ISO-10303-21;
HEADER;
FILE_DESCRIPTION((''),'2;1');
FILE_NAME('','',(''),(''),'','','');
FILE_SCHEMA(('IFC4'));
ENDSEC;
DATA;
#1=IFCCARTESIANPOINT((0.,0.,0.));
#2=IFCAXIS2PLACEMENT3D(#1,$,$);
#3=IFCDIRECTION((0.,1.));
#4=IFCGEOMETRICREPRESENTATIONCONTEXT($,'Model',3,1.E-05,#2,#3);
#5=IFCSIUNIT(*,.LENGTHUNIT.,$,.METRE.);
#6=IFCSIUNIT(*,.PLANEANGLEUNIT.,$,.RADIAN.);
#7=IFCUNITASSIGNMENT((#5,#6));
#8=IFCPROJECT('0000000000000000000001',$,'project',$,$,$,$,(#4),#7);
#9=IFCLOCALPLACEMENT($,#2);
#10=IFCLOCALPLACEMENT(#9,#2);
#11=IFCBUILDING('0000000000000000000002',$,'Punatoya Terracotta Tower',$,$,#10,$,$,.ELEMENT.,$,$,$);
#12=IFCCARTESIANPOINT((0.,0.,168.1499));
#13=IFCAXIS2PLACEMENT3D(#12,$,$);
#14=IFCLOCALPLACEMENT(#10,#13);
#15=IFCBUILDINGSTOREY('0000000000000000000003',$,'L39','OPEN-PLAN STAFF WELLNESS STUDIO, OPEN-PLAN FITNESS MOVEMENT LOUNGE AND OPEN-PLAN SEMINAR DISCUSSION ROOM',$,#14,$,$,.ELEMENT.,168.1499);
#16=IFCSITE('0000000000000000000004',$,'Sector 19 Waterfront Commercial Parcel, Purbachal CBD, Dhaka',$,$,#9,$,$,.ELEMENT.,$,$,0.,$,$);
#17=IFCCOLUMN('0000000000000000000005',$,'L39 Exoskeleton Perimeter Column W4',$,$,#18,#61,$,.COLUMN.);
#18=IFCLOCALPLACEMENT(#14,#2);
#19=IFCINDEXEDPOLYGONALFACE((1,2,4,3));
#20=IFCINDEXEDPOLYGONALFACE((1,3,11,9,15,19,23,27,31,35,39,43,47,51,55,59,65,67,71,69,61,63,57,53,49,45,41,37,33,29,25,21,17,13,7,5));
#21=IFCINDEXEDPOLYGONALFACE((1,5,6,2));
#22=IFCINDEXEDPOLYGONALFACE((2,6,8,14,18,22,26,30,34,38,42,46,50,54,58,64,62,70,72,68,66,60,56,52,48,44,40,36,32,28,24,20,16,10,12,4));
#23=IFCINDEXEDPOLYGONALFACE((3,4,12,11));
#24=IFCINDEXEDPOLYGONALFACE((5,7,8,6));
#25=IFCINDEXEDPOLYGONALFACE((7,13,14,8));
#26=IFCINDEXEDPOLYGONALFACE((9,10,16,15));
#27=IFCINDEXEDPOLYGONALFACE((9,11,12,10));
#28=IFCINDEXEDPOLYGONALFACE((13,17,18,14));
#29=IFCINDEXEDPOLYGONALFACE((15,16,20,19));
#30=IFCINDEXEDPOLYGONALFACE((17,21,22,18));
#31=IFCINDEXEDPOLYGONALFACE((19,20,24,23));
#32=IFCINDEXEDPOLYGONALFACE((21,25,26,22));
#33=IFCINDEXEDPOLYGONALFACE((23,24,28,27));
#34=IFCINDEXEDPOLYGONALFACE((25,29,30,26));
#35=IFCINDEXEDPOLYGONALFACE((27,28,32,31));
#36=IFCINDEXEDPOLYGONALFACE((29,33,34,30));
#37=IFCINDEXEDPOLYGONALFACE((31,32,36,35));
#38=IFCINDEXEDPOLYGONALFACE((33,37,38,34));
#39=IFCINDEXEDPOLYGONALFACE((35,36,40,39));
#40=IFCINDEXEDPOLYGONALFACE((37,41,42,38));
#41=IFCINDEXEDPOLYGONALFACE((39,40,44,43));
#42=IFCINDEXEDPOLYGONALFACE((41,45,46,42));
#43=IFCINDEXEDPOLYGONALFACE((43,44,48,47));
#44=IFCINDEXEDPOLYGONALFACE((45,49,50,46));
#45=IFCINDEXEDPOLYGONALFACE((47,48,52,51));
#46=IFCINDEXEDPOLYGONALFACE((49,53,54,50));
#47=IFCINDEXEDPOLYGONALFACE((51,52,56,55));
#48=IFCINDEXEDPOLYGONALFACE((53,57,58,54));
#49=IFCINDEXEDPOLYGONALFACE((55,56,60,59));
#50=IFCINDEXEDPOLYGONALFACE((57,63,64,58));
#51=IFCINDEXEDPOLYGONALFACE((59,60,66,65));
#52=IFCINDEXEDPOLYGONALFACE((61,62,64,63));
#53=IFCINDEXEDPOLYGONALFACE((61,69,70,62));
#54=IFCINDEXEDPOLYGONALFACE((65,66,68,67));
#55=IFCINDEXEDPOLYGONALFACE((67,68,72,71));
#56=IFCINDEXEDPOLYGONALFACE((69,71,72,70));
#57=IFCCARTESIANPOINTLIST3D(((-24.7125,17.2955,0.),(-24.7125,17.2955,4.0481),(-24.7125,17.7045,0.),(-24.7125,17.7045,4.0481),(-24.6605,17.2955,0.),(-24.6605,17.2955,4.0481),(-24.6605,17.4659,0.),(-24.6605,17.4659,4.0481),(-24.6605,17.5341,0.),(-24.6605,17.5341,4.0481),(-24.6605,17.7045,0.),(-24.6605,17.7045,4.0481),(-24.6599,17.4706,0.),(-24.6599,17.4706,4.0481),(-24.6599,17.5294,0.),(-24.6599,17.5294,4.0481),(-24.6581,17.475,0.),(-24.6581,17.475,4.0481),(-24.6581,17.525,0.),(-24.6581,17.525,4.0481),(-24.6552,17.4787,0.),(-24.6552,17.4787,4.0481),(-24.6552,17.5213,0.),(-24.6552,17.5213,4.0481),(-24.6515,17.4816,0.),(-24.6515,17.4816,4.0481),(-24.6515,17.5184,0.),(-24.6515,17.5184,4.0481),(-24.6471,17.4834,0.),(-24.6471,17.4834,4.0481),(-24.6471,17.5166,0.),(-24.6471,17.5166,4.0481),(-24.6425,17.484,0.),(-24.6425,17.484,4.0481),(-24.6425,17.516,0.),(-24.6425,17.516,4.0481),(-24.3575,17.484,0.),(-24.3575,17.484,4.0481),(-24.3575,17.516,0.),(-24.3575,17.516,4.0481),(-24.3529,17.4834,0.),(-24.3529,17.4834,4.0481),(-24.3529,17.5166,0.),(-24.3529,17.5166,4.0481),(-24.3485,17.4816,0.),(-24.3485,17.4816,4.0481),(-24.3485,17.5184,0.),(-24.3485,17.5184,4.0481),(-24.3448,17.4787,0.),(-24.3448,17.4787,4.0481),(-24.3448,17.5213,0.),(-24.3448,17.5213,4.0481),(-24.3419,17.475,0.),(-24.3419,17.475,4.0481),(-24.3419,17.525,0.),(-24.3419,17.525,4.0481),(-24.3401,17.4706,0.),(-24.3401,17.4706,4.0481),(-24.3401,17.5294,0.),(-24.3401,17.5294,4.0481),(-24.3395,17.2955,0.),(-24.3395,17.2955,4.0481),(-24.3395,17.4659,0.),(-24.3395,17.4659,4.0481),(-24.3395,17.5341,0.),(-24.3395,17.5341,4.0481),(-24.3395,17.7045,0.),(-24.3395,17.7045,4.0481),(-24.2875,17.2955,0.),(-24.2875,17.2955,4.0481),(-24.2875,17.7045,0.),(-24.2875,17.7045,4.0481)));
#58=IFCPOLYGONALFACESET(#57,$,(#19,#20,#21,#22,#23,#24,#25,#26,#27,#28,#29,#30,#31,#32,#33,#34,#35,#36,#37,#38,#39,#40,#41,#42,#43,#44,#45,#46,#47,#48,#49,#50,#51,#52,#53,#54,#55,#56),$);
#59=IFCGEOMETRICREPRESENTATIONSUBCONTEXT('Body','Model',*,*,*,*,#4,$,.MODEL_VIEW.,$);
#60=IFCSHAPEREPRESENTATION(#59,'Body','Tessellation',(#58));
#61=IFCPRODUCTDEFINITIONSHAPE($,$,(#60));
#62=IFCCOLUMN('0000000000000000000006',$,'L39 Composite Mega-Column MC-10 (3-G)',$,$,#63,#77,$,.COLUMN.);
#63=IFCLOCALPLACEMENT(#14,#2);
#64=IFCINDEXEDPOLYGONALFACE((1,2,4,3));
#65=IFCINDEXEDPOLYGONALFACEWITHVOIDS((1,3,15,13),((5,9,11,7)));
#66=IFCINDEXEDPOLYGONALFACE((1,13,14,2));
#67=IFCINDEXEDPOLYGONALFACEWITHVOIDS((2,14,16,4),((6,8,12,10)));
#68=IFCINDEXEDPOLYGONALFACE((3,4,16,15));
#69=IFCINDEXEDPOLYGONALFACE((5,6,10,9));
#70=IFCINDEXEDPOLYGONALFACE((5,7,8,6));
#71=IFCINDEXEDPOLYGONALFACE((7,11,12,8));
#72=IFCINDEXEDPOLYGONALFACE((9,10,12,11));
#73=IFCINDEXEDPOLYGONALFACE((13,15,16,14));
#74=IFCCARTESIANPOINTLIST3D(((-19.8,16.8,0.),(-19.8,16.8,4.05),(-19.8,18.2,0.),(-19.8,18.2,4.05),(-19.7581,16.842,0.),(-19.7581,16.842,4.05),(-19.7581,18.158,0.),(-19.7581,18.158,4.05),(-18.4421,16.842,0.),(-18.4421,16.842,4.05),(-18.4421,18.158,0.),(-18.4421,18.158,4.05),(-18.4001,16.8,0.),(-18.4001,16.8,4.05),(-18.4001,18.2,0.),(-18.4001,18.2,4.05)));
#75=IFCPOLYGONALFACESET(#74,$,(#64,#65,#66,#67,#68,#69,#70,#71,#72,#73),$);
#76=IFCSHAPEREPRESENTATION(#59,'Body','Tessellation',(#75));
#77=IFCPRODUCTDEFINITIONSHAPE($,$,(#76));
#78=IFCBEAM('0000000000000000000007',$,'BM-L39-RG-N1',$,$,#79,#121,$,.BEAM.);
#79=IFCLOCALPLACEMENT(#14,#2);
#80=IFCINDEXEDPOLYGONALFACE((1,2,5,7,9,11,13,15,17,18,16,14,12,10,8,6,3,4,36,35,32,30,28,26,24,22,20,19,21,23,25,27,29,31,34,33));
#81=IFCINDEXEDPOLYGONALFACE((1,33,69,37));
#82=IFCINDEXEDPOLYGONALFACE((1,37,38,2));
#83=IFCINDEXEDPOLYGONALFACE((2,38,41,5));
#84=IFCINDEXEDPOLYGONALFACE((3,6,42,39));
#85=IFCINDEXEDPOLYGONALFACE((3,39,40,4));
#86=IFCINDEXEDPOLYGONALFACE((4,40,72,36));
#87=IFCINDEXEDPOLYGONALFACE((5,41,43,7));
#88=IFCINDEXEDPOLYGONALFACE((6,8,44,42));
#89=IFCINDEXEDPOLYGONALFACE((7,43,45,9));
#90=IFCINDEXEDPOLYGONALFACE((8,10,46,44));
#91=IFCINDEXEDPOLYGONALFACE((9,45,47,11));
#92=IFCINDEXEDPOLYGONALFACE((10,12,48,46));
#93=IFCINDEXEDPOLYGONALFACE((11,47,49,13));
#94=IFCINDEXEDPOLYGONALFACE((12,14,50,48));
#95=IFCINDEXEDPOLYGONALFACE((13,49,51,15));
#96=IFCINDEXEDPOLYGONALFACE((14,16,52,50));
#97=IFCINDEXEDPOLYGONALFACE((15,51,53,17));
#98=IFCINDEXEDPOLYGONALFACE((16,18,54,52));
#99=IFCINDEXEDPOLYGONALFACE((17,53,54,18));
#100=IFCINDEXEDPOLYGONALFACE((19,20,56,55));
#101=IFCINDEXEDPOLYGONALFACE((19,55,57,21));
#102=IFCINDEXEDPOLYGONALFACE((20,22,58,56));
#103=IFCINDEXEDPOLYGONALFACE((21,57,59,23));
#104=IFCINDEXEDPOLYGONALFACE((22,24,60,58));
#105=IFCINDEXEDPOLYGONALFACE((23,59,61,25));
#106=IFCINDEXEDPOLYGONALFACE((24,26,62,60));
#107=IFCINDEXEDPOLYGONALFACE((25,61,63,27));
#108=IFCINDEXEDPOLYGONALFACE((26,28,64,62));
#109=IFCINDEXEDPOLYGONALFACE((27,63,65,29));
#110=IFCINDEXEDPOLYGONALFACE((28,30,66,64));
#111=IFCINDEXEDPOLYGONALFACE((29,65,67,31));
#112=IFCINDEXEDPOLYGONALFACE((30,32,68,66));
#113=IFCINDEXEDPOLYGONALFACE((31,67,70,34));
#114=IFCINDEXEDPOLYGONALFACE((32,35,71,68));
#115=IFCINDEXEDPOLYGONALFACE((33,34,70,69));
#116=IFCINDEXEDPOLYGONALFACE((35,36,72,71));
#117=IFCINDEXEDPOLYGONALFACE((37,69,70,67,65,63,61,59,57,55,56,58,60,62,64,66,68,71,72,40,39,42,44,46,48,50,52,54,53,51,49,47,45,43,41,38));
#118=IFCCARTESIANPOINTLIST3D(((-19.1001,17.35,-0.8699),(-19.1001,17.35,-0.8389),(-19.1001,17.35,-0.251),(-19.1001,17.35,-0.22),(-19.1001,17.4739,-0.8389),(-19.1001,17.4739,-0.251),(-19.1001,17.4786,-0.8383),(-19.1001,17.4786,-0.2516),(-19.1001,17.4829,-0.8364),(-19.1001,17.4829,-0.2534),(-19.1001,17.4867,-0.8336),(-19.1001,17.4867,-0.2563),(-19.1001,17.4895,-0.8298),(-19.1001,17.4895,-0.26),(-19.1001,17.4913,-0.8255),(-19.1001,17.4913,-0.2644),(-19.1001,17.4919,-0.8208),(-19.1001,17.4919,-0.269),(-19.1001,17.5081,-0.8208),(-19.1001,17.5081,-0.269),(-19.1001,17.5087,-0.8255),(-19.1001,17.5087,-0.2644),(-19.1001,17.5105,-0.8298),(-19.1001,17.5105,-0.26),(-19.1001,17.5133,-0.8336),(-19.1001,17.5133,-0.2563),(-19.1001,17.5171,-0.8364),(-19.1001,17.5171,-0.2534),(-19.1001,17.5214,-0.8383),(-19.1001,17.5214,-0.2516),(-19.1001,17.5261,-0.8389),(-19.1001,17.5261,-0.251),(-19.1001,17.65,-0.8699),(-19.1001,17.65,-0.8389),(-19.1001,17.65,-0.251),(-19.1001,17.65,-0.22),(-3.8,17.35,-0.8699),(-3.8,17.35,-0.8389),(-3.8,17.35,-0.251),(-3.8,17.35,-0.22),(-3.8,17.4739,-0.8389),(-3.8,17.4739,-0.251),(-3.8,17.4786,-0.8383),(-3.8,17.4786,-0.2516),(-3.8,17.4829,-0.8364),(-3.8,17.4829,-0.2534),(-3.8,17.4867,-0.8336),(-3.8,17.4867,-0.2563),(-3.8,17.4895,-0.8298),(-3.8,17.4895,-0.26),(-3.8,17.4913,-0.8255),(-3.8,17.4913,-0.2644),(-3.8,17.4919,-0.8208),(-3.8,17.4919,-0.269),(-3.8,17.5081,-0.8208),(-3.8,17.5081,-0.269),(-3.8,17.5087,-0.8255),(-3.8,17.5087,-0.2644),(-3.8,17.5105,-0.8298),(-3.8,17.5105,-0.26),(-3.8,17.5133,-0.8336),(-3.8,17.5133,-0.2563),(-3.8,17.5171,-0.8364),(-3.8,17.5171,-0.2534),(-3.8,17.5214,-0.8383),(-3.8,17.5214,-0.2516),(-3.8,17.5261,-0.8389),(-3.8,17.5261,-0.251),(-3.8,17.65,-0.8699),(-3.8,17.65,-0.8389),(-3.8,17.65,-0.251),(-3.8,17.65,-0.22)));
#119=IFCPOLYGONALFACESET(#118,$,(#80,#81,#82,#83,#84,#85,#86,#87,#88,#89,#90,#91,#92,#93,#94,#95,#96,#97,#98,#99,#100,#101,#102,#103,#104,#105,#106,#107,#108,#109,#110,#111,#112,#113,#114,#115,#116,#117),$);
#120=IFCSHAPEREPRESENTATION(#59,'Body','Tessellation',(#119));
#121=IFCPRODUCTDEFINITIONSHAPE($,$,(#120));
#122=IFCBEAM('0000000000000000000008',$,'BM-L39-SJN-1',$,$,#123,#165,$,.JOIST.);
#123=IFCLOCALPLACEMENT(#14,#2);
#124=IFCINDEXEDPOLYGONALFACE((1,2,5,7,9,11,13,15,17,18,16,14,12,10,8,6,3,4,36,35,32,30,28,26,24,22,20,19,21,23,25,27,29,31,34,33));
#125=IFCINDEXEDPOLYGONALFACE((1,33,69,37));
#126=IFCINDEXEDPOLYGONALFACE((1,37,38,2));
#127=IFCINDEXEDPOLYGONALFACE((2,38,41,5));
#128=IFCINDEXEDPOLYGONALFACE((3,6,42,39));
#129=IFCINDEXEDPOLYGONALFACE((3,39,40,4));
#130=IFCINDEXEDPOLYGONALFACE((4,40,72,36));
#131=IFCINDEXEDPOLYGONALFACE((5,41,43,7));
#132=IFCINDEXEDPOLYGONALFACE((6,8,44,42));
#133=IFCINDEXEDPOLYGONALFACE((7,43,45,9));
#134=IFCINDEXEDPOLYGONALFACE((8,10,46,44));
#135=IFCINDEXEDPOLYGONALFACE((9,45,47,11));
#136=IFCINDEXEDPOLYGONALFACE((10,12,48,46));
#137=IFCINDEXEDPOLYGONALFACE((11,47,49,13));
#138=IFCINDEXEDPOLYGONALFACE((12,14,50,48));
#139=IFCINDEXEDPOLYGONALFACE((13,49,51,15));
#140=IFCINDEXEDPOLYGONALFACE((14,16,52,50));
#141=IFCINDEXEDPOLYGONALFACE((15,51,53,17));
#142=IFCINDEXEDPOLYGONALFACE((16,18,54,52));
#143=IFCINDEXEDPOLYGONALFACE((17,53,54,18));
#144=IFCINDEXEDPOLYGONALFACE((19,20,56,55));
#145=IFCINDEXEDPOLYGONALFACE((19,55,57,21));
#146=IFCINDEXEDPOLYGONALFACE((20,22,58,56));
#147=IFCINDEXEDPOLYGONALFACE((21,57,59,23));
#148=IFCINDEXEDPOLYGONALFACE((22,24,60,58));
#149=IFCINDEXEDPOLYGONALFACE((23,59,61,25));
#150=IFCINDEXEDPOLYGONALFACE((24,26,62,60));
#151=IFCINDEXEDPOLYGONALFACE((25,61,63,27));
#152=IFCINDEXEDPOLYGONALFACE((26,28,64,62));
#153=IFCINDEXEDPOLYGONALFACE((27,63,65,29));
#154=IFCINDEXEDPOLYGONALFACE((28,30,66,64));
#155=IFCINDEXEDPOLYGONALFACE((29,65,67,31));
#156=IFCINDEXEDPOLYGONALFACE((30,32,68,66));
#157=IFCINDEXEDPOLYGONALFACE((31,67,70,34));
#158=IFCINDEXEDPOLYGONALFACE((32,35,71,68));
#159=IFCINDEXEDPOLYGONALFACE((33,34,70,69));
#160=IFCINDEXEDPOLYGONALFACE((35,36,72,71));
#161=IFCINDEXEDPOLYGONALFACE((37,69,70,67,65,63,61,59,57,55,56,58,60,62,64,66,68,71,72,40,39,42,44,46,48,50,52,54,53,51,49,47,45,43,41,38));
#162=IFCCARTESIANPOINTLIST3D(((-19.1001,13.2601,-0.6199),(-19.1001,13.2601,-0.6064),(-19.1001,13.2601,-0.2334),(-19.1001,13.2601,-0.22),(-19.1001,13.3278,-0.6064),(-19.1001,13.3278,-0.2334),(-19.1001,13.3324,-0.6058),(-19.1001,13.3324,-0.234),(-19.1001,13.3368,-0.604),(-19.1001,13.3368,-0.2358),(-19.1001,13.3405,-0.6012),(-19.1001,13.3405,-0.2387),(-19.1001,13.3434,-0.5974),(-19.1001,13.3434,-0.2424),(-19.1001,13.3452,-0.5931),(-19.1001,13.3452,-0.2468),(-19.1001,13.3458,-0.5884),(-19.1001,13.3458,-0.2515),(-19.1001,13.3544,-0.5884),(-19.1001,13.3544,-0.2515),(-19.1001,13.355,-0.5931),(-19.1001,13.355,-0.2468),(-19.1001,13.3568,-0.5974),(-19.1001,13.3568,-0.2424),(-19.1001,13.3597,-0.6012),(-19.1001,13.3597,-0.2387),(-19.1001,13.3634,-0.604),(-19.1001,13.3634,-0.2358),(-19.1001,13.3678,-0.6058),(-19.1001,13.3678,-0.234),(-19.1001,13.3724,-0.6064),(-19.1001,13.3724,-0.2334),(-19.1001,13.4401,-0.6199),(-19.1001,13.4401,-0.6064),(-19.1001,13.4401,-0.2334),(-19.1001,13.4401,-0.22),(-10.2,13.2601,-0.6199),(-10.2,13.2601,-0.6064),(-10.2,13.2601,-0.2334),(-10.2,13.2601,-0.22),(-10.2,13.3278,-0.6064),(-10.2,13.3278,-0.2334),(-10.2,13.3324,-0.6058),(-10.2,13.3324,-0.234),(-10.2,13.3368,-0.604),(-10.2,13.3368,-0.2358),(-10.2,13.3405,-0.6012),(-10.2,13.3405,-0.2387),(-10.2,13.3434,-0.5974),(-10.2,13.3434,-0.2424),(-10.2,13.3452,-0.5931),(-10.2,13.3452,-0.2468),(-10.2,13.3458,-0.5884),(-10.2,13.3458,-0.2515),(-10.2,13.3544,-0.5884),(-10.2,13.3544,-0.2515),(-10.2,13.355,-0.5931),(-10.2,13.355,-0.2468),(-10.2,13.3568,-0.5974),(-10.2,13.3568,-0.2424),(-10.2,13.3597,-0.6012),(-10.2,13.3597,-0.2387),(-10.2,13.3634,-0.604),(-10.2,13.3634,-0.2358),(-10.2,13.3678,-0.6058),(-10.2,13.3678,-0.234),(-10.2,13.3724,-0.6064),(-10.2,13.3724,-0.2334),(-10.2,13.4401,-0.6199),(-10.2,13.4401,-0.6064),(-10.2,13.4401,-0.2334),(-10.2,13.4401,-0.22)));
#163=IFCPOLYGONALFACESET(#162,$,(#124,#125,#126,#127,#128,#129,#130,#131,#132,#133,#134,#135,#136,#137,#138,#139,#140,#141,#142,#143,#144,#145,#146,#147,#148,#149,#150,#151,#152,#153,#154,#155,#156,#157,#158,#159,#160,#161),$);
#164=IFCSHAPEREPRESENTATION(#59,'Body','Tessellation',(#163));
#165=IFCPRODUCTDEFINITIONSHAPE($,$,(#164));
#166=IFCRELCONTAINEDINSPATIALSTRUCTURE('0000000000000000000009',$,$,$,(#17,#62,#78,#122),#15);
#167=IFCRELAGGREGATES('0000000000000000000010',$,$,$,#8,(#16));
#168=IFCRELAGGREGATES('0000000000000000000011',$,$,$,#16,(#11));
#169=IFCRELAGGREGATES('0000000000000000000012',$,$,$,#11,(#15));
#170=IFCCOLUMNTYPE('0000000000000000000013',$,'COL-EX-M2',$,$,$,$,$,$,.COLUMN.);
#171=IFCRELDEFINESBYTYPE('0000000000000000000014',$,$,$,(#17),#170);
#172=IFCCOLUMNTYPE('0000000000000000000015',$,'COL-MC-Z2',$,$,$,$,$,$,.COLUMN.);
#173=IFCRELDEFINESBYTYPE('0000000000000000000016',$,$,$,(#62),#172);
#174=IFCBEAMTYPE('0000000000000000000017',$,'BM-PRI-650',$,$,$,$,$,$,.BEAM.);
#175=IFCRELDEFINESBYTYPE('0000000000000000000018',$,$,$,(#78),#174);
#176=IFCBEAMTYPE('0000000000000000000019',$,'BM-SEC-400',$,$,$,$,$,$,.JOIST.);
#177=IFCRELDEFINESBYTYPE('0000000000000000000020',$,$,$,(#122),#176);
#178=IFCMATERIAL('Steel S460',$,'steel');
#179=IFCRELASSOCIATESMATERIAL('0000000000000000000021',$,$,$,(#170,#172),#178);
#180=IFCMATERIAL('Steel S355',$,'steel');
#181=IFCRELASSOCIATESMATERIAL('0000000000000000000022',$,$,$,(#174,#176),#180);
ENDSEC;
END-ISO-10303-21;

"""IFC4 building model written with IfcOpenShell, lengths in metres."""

from ifc_helpers import new_model, si_unit, direction, frame, origin, origin_2d, place, context, subcontext, project, spatial, hollow_rectangle, i_section, extrude, material, material_profile, profile_set, type_object, element, save


model = new_model("IFC4")

# Units and contexts
model_context = context("Model", 3, precision=1e-05, world=origin(), true_north=direction((0.0, 1.0)))
body_context = subcontext(model_context, "Body", "Model", "MODEL_VIEW")
ifc_project = project(units=[si_unit("LENGTHUNIT", "METRE"), si_unit("PLANEANGLEUNIT", "RADIAN")], contexts=[model_context])

# Site, building, storey
site_placement = place(None, origin())
site = spatial("IfcSite", under=ifc_project, at=site_placement, Name="Sector 19 Waterfront Commercial Parcel, Purbachal CBD, Dhaka", CompositionType="ELEMENT", RefElevation=0.0)
building_placement = place(site_placement, origin())
building = spatial("IfcBuilding", under=site, at=building_placement, Name="Punatoya Terracotta Tower", CompositionType="ELEMENT")
storey_placement = place(building_placement, frame((0.0, 0.0, 168.1499)))
storey = spatial("IfcBuildingStorey", under=building, at=storey_placement, Name="L39", Description="OPEN-PLAN STAFF WELLNESS STUDIO, OPEN-PLAN FITNESS MOVEMENT LOUNGE AND OPEN-PLAN SEMINAR DISCUSSION ROOM", CompositionType="ELEMENT", Elevation=168.1499)

# Columns
ifc_material_1 = material(Name="Steel S460", Category="steel")
ifc_material_profile_1 = material_profile(ifc_material_1, i_section(OverallWidth=0.4089, OverallDepth=0.425, WebThickness=0.032, FlangeThickness=0.052, FilletRadius=0.0181, at=origin_2d()))
ifc_profile_set_1 = profile_set([ifc_material_profile_1], Name="Steel S460")
column_type_1 = type_object("IfcColumnType", Name="COL-EX-M2", PredefinedType="COLUMN", material=ifc_profile_set_1)
column_1_placement = place(storey_placement, frame((-24.5, 17.5, 0.0), z_axis=(0.0, 0.0, 1.0), x_axis=(0.0, 1.0, 0.0)))
element("IfcColumn", 1, at=column_1_placement, inside=storey, type_object=column_type_1, Name="L39 Exoskeleton Perimeter Column W4", PredefinedType="COLUMN", context=body_context, shape_type="SweptSolid", body=[
    extrude(i_section(OverallWidth=0.4089, OverallDepth=0.425, WebThickness=0.032, FlangeThickness=0.052, FilletRadius=0.0181, at=origin_2d()), origin(), (0.0, 0.0, 1.0), 4.0481),
])
ifc_material_profile_2 = material_profile(ifc_material_1, hollow_rectangle(XDim=1.3999, YDim=1.3999, WallThickness=0.042, at=origin_2d()))
ifc_profile_set_2 = profile_set([ifc_material_profile_2], Name="Steel S460")
column_type_2 = type_object("IfcColumnType", Name="COL-MC-Z2", PredefinedType="COLUMN", material=ifc_profile_set_2)
column_2_placement = place(storey_placement, frame((-19.1001, 17.5, 0.0), z_axis=(0.0, 0.0, 1.0), x_axis=(1.0, 0.0, 0.0)))
element("IfcColumn", 2, at=column_2_placement, inside=storey, type_object=column_type_2, Name="L39 Composite Mega-Column MC-10 (3-G)", PredefinedType="COLUMN", context=body_context, shape_type="SweptSolid", body=[
    extrude(hollow_rectangle(XDim=1.3999, YDim=1.3999, WallThickness=0.042, at=origin_2d()), origin(), (0.0, 0.0, 1.0), 4.05),
])

# Beams
ifc_material_2 = material(Name="Steel S355", Category="steel")
ifc_material_profile_3 = material_profile(ifc_material_2, i_section(OverallWidth=0.3, OverallDepth=0.6499, WebThickness=0.0161, FlangeThickness=0.031, FilletRadius=0.0181, at=origin_2d()))
ifc_profile_set_3 = profile_set([ifc_material_profile_3], Name="Steel S355")
beam_type_1 = type_object("IfcBeamType", Name="BM-PRI-650", PredefinedType="BEAM", material=ifc_profile_set_3)
beam_1_placement = place(storey_placement, frame((-19.1001, 17.5, -0.5449), z_axis=(1.0, 0.0, 0.0), x_axis=(0.0, 1.0, 0.0)))
element("IfcBeam", 3, at=beam_1_placement, inside=storey, type_object=beam_type_1, Name="BM-L39-RG-N1", PredefinedType="BEAM", context=body_context, shape_type="SweptSolid", body=[
    extrude(i_section(OverallWidth=0.3, OverallDepth=0.6499, WebThickness=0.0161, FlangeThickness=0.031, FilletRadius=0.0181, at=origin_2d()), origin(), (0.0, 0.0, 1.0), 15.3),
])
ifc_material_profile_4 = material_profile(ifc_material_2, i_section(OverallWidth=0.1799, OverallDepth=0.3999, WebThickness=0.0085, FlangeThickness=0.0134, FilletRadius=0.0181, at=origin_2d()))
ifc_profile_set_4 = profile_set([ifc_material_profile_4], Name="Steel S355")
beam_type_2 = type_object("IfcBeamType", Name="BM-SEC-400", PredefinedType="JOIST", material=ifc_profile_set_4)
beam_2_placement = place(storey_placement, frame((-19.1001, 13.3501, -0.4199), z_axis=(1.0, 0.0, 0.0), x_axis=(0.0, 1.0, 0.0)))
element("IfcBeam", 4, at=beam_2_placement, inside=storey, type_object=beam_type_2, Name="BM-L39-SJN-1", PredefinedType="JOIST", context=body_context, shape_type="SweptSolid", body=[
    extrude(i_section(OverallWidth=0.1799, OverallDepth=0.3999, WebThickness=0.0085, FlangeThickness=0.0134, FilletRadius=0.0181, at=origin_2d()), origin(), (0.0, 0.0, 1.0), 8.9001),
])

save(model, "model.ifc")
